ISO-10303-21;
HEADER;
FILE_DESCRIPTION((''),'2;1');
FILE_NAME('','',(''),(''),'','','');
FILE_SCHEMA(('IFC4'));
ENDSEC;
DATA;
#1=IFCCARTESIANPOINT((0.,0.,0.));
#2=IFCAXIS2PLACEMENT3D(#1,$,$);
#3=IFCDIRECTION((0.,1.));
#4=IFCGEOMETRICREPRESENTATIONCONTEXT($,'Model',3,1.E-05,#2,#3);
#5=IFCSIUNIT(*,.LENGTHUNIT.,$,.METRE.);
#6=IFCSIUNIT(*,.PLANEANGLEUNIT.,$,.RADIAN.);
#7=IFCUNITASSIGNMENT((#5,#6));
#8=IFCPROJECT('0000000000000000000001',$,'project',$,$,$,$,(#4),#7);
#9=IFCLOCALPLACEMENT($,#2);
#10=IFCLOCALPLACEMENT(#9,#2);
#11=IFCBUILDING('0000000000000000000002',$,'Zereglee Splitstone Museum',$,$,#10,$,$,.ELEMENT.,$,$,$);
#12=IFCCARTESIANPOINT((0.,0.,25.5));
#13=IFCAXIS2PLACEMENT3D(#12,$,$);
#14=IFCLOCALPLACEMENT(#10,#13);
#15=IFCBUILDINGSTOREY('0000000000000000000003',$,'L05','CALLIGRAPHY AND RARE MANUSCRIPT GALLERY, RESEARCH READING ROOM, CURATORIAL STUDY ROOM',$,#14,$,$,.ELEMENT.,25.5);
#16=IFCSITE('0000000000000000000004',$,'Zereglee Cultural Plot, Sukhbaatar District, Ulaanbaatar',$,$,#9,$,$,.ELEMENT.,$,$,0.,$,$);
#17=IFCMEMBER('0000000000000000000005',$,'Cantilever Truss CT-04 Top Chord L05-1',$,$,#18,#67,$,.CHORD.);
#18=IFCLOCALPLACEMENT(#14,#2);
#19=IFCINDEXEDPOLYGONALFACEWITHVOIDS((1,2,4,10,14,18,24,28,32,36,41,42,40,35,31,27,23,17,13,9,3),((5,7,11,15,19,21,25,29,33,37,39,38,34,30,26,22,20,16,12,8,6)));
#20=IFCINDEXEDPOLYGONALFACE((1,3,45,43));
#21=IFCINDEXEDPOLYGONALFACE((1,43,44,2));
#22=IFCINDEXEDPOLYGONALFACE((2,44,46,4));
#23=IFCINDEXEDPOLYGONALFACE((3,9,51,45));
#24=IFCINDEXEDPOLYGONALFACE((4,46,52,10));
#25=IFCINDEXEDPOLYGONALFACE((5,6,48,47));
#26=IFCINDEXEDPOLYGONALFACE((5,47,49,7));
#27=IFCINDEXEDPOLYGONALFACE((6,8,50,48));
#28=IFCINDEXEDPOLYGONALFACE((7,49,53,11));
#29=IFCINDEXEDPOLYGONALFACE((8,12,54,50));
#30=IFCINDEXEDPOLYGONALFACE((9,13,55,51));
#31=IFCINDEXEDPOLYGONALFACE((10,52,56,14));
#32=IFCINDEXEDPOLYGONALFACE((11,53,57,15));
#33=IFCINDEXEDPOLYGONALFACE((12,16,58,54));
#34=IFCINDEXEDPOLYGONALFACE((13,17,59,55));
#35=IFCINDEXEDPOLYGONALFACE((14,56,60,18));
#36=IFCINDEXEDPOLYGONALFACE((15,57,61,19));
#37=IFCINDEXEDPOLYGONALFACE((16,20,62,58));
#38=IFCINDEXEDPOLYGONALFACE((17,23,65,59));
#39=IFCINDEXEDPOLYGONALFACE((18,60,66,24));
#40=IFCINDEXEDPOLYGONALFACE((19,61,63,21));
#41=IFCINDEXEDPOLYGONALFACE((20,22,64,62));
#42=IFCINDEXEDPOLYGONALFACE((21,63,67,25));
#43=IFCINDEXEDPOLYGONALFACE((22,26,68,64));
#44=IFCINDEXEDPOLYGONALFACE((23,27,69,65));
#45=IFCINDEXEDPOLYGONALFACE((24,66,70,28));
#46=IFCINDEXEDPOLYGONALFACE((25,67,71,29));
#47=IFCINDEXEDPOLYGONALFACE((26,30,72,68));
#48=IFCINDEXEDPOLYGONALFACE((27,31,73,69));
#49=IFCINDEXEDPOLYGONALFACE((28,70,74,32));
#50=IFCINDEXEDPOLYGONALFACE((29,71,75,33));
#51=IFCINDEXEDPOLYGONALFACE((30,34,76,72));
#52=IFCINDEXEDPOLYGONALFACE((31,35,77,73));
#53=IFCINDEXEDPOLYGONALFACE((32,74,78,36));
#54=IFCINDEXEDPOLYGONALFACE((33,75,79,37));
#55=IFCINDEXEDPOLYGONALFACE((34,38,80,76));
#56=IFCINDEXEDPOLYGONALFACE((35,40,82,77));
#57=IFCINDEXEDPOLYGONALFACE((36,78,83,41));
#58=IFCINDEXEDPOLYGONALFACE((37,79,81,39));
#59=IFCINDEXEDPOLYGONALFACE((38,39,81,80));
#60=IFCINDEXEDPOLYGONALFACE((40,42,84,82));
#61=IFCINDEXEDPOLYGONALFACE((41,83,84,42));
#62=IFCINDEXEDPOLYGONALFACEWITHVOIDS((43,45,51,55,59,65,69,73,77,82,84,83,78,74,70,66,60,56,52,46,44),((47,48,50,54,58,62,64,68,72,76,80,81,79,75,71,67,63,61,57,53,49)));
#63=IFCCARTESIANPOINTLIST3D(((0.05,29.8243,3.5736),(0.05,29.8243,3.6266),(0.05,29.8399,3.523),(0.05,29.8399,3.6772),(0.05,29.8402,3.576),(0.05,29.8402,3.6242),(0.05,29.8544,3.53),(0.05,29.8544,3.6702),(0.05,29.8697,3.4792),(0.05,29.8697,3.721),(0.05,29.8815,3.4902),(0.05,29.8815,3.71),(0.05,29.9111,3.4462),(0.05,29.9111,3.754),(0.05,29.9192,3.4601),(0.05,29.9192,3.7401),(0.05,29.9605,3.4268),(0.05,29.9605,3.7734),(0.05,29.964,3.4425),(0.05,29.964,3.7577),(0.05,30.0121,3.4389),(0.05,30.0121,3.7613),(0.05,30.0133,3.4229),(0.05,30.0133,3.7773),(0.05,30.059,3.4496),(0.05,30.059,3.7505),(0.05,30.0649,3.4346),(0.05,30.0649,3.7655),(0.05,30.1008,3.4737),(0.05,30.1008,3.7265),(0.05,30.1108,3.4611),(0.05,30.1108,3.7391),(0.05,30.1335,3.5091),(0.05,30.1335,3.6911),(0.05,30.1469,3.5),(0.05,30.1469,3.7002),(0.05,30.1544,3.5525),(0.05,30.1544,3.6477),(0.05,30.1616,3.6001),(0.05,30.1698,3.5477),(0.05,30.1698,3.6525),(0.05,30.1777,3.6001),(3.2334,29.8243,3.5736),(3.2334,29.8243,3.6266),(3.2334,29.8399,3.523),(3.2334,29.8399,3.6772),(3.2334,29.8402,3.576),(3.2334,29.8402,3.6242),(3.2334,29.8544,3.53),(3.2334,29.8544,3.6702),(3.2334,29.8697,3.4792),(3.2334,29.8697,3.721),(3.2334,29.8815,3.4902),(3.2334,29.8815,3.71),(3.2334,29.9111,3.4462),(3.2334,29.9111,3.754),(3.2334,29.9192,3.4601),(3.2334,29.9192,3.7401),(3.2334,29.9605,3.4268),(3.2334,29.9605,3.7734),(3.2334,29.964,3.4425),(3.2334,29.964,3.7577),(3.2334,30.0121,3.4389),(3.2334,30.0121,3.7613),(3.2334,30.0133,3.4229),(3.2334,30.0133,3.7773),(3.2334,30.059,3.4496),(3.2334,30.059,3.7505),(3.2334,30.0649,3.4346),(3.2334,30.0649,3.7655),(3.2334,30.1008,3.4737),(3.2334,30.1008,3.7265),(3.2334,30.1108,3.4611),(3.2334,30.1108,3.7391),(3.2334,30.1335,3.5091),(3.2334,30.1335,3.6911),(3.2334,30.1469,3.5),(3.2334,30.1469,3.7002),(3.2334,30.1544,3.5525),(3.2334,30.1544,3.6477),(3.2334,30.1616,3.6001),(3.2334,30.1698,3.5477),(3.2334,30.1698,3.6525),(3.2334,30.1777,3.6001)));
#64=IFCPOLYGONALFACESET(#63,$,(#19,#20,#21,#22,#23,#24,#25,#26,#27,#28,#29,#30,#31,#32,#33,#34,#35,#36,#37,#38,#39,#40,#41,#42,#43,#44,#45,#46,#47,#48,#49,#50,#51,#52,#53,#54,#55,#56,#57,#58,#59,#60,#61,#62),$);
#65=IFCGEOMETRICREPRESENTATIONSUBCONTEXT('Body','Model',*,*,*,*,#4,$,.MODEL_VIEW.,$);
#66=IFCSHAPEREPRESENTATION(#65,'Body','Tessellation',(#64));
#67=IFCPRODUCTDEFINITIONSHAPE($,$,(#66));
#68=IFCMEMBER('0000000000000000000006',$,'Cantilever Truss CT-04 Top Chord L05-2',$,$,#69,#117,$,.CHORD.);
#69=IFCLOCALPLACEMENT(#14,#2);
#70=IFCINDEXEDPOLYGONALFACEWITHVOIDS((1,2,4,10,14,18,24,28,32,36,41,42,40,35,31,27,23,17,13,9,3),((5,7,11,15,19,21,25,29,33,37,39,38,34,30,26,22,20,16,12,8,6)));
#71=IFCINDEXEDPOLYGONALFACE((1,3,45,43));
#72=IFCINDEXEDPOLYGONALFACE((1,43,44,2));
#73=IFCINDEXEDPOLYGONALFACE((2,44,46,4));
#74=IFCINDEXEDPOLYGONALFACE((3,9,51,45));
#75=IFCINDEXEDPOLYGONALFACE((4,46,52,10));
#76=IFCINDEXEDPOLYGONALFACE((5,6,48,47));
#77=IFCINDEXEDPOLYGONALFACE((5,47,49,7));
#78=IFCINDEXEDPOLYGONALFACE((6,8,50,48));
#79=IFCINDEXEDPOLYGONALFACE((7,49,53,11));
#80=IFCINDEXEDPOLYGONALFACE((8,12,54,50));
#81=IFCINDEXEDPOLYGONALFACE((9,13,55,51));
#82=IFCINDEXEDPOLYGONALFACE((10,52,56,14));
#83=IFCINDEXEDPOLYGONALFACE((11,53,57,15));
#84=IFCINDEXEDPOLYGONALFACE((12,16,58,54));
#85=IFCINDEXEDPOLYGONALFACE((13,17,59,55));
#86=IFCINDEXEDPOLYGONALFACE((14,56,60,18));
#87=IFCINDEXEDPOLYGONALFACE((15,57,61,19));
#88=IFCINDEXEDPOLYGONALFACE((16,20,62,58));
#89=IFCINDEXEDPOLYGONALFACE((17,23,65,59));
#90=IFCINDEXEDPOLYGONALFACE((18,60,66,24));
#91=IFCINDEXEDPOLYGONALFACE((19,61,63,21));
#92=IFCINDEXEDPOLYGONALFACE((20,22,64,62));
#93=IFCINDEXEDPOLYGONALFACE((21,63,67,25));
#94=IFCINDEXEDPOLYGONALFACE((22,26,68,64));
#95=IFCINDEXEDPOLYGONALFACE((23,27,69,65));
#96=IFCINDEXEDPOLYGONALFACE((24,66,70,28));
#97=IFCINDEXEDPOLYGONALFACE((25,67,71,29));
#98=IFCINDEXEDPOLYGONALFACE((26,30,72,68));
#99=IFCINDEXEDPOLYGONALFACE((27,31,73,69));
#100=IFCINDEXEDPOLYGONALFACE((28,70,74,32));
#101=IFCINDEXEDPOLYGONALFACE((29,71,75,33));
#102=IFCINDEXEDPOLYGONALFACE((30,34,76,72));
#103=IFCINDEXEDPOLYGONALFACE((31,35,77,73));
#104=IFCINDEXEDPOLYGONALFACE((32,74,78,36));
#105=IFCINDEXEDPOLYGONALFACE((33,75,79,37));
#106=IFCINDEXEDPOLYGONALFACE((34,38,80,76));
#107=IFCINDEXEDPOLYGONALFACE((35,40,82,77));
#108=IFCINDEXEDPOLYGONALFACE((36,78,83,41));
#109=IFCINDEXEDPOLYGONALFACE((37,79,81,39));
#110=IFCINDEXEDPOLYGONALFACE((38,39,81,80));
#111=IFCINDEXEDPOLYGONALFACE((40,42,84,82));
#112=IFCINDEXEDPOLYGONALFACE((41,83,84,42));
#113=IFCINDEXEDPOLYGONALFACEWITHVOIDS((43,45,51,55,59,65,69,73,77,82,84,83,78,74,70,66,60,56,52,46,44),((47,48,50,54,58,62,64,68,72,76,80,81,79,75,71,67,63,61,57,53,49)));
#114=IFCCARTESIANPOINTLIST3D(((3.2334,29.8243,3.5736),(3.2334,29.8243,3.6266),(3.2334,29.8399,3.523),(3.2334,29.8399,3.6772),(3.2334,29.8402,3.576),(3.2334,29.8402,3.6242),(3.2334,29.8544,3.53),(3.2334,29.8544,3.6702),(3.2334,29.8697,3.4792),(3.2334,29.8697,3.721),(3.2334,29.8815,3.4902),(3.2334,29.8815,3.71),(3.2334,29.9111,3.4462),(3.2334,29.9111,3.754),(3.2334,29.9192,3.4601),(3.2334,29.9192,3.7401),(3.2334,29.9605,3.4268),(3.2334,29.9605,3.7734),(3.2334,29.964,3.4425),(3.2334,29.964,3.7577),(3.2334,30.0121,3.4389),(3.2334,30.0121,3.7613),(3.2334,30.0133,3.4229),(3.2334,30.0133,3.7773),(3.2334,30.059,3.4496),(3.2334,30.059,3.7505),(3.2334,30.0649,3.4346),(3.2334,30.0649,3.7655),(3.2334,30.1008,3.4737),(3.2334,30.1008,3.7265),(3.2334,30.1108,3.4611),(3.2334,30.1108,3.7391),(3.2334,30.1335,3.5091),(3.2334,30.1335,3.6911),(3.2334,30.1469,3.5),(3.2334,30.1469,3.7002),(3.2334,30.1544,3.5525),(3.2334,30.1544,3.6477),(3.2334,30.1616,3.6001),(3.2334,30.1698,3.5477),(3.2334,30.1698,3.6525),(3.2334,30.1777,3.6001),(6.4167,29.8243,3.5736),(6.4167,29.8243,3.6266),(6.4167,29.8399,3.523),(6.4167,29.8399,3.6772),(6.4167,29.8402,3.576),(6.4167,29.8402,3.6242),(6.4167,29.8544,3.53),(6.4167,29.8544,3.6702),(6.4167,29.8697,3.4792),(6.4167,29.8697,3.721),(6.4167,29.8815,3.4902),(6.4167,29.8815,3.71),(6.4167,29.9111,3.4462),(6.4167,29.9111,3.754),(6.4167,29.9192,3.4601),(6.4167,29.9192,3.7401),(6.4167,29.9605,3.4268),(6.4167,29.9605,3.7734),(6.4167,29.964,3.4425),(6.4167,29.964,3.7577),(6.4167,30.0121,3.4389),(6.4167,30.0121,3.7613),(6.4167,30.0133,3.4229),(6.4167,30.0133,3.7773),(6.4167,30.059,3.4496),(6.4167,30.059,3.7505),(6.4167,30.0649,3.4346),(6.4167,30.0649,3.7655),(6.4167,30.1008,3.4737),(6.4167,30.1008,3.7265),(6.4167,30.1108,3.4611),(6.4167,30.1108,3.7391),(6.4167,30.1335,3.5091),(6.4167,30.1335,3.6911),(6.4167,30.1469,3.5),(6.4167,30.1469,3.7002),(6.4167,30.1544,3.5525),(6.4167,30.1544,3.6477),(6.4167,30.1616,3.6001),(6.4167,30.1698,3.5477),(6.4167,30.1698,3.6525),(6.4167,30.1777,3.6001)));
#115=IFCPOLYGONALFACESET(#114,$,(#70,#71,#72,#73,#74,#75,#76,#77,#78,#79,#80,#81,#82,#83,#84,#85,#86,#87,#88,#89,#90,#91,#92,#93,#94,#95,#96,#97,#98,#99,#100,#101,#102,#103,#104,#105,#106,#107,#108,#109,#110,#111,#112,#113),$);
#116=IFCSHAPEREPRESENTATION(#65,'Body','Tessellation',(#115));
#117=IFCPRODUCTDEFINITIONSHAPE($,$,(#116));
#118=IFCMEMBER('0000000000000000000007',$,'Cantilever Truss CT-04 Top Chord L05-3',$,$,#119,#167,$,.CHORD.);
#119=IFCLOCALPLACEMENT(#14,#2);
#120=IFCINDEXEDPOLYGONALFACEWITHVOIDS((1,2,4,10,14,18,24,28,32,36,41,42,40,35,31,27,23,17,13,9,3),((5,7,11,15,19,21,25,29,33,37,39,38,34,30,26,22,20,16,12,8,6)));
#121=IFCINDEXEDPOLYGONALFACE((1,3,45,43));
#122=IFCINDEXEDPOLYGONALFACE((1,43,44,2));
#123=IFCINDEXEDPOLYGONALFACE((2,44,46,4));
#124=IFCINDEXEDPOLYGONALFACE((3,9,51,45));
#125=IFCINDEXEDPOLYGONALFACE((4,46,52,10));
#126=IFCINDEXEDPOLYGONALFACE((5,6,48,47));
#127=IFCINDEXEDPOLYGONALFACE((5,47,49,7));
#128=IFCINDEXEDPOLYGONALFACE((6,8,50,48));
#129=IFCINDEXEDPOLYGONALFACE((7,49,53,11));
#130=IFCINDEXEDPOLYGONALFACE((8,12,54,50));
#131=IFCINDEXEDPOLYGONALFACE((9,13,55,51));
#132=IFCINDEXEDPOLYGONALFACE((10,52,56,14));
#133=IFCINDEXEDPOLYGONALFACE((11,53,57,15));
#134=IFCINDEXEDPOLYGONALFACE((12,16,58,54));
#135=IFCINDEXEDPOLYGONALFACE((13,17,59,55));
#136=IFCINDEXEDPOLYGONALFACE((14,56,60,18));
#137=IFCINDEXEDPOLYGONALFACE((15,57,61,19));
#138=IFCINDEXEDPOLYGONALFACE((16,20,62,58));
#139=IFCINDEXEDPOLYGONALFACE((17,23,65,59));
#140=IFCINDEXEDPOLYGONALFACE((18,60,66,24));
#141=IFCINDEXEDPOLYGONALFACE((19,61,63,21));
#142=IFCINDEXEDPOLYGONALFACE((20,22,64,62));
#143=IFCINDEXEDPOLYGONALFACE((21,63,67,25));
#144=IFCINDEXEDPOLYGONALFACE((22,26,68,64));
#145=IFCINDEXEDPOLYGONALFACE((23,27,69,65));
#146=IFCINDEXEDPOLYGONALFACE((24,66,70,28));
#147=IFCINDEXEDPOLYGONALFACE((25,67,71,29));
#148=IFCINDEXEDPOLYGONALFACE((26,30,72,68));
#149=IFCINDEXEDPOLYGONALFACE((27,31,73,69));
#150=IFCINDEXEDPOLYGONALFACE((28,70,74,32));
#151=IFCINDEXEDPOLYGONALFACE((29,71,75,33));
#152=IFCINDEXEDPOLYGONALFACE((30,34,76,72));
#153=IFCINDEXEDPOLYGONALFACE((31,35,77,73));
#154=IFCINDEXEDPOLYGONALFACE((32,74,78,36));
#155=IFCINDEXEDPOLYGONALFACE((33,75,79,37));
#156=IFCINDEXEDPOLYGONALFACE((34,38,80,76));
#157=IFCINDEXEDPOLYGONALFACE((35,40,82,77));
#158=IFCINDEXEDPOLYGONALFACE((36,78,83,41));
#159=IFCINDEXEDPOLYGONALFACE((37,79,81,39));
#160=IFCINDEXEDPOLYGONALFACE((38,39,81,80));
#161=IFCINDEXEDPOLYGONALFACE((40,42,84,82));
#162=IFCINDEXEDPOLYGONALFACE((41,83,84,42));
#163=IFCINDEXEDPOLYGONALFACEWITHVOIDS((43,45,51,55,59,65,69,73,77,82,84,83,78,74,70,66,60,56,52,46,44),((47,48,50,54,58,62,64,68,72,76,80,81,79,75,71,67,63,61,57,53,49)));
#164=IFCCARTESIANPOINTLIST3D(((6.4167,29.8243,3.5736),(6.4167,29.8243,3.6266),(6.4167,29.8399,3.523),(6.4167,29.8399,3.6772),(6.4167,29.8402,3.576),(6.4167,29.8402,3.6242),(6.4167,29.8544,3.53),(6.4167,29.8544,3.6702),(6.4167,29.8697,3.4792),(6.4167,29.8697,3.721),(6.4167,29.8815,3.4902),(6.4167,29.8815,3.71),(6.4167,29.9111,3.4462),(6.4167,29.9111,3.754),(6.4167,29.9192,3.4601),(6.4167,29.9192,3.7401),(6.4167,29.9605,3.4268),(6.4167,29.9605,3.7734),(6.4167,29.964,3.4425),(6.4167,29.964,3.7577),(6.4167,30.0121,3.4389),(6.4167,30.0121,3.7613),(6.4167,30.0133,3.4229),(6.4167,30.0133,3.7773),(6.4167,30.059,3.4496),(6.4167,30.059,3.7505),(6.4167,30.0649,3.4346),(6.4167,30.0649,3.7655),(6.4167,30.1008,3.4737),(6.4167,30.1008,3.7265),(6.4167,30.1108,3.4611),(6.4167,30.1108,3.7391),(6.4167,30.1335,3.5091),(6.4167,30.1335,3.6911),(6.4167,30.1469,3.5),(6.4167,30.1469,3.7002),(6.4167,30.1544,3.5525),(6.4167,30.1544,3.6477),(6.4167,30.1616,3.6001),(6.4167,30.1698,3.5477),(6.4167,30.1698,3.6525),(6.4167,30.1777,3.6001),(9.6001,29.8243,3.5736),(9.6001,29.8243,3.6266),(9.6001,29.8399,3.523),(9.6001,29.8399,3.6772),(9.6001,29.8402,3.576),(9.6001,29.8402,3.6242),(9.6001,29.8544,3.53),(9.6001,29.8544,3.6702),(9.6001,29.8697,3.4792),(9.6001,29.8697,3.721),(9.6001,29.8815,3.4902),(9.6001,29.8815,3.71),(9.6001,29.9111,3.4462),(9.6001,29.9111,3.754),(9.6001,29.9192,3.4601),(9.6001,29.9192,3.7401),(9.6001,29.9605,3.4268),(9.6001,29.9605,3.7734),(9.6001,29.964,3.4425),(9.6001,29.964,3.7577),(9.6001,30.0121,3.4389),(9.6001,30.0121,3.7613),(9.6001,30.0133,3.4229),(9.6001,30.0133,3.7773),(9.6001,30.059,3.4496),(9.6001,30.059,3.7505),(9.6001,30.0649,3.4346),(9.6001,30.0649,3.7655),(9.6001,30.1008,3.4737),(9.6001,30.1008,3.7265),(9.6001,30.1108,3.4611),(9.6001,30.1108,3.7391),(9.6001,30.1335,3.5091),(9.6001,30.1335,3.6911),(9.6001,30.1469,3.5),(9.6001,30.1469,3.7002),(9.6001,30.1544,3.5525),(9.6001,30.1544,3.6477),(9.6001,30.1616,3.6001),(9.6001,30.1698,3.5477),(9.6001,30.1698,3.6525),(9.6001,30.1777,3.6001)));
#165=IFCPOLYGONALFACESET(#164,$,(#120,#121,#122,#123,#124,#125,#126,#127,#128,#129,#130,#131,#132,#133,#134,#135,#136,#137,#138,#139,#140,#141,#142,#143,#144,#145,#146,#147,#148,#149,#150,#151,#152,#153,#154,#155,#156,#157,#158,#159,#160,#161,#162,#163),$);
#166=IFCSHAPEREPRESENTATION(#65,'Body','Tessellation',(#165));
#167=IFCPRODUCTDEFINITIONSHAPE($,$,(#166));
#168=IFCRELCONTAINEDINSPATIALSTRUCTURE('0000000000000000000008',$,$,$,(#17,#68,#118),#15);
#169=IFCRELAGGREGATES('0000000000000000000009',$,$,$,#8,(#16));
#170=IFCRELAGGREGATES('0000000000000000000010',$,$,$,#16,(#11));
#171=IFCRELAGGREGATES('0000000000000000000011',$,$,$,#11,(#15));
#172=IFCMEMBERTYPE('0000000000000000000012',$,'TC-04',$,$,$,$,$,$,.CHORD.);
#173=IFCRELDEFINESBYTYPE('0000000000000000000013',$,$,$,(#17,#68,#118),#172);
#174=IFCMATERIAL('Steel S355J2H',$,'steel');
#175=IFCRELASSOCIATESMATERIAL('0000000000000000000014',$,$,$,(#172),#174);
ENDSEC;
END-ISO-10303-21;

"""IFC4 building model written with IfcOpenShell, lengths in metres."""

from ifc_helpers import new_model, si_unit, direction, frame, origin, origin_2d, place, context, subcontext, project, spatial, hollow_circle, extrude, material, material_profile, profile_set, type_object, element, save


model = new_model("IFC4")

# Units and contexts
model_context = context("Model", 3, precision=1e-05, world=origin(), true_north=direction((0.0, 1.0)))
body_context = subcontext(model_context, "Body", "Model", "MODEL_VIEW")
ifc_project = project(units=[si_unit("LENGTHUNIT", "METRE"), si_unit("PLANEANGLEUNIT", "RADIAN")], contexts=[model_context])

# Site, building, storey
site_placement = place(None, origin())
site = spatial("IfcSite", under=ifc_project, at=site_placement, Name="Zereglee Cultural Plot, Sukhbaatar District, Ulaanbaatar", CompositionType="ELEMENT", RefElevation=0.0)
building_placement = place(site_placement, origin())
building = spatial("IfcBuilding", under=site, at=building_placement, Name="Zereglee Splitstone Museum", CompositionType="ELEMENT")
storey_placement = place(building_placement, frame((0.0, 0.0, 25.5)))
storey = spatial("IfcBuildingStorey", under=building, at=storey_placement, Name="L05", Description="CALLIGRAPHY AND RARE MANUSCRIPT GALLERY, RESEARCH READING ROOM, CURATORIAL STUDY ROOM", CompositionType="ELEMENT", Elevation=25.5)

# Members
ifc_material_1 = material(Name="Steel S355J2H", Category="steel")
ifc_material_profile_1 = material_profile(ifc_material_1, hollow_circle(Radius=0.1777, WallThickness=0.0161, at=origin_2d()), Name="CHS 355.6x16")
ifc_profile_set_1 = profile_set([ifc_material_profile_1], Name="Steel S355J2H")
member_type_1 = type_object("IfcMemberType", Name="TC-04", PredefinedType="CHORD", material=ifc_profile_set_1)
for number, where, z_axis, x_axis, name in (
    (1, (0.05, 30.0, 3.6001), (1.0, 0.0, 0.0), (0.0, 1.0, 0.0), "Cantilever Truss CT-04 Top Chord L05-1"),
    (2, (3.2334, 30.0, 3.6001), (1.0, 0.0, 0.0), (0.0, 1.0, 0.0), "Cantilever Truss CT-04 Top Chord L05-2"),
    (3, (6.4167, 30.0, 3.6001), (1.0, 0.0, 0.0), (0.0, 1.0, 0.0), "Cantilever Truss CT-04 Top Chord L05-3"),
):
    element("IfcMember", number, at=place(storey_placement, frame(where, z_axis=z_axis, x_axis=x_axis)), inside=storey, type_object=member_type_1, Name=name, PredefinedType="CHORD", context=body_context, shape_type="SweptSolid", body=[
        extrude(hollow_circle(Radius=0.1777, WallThickness=0.0161, at=origin_2d()), origin(), (0.0, 0.0, 1.0), 3.1833),
    ])

save(model, "model.ifc")
